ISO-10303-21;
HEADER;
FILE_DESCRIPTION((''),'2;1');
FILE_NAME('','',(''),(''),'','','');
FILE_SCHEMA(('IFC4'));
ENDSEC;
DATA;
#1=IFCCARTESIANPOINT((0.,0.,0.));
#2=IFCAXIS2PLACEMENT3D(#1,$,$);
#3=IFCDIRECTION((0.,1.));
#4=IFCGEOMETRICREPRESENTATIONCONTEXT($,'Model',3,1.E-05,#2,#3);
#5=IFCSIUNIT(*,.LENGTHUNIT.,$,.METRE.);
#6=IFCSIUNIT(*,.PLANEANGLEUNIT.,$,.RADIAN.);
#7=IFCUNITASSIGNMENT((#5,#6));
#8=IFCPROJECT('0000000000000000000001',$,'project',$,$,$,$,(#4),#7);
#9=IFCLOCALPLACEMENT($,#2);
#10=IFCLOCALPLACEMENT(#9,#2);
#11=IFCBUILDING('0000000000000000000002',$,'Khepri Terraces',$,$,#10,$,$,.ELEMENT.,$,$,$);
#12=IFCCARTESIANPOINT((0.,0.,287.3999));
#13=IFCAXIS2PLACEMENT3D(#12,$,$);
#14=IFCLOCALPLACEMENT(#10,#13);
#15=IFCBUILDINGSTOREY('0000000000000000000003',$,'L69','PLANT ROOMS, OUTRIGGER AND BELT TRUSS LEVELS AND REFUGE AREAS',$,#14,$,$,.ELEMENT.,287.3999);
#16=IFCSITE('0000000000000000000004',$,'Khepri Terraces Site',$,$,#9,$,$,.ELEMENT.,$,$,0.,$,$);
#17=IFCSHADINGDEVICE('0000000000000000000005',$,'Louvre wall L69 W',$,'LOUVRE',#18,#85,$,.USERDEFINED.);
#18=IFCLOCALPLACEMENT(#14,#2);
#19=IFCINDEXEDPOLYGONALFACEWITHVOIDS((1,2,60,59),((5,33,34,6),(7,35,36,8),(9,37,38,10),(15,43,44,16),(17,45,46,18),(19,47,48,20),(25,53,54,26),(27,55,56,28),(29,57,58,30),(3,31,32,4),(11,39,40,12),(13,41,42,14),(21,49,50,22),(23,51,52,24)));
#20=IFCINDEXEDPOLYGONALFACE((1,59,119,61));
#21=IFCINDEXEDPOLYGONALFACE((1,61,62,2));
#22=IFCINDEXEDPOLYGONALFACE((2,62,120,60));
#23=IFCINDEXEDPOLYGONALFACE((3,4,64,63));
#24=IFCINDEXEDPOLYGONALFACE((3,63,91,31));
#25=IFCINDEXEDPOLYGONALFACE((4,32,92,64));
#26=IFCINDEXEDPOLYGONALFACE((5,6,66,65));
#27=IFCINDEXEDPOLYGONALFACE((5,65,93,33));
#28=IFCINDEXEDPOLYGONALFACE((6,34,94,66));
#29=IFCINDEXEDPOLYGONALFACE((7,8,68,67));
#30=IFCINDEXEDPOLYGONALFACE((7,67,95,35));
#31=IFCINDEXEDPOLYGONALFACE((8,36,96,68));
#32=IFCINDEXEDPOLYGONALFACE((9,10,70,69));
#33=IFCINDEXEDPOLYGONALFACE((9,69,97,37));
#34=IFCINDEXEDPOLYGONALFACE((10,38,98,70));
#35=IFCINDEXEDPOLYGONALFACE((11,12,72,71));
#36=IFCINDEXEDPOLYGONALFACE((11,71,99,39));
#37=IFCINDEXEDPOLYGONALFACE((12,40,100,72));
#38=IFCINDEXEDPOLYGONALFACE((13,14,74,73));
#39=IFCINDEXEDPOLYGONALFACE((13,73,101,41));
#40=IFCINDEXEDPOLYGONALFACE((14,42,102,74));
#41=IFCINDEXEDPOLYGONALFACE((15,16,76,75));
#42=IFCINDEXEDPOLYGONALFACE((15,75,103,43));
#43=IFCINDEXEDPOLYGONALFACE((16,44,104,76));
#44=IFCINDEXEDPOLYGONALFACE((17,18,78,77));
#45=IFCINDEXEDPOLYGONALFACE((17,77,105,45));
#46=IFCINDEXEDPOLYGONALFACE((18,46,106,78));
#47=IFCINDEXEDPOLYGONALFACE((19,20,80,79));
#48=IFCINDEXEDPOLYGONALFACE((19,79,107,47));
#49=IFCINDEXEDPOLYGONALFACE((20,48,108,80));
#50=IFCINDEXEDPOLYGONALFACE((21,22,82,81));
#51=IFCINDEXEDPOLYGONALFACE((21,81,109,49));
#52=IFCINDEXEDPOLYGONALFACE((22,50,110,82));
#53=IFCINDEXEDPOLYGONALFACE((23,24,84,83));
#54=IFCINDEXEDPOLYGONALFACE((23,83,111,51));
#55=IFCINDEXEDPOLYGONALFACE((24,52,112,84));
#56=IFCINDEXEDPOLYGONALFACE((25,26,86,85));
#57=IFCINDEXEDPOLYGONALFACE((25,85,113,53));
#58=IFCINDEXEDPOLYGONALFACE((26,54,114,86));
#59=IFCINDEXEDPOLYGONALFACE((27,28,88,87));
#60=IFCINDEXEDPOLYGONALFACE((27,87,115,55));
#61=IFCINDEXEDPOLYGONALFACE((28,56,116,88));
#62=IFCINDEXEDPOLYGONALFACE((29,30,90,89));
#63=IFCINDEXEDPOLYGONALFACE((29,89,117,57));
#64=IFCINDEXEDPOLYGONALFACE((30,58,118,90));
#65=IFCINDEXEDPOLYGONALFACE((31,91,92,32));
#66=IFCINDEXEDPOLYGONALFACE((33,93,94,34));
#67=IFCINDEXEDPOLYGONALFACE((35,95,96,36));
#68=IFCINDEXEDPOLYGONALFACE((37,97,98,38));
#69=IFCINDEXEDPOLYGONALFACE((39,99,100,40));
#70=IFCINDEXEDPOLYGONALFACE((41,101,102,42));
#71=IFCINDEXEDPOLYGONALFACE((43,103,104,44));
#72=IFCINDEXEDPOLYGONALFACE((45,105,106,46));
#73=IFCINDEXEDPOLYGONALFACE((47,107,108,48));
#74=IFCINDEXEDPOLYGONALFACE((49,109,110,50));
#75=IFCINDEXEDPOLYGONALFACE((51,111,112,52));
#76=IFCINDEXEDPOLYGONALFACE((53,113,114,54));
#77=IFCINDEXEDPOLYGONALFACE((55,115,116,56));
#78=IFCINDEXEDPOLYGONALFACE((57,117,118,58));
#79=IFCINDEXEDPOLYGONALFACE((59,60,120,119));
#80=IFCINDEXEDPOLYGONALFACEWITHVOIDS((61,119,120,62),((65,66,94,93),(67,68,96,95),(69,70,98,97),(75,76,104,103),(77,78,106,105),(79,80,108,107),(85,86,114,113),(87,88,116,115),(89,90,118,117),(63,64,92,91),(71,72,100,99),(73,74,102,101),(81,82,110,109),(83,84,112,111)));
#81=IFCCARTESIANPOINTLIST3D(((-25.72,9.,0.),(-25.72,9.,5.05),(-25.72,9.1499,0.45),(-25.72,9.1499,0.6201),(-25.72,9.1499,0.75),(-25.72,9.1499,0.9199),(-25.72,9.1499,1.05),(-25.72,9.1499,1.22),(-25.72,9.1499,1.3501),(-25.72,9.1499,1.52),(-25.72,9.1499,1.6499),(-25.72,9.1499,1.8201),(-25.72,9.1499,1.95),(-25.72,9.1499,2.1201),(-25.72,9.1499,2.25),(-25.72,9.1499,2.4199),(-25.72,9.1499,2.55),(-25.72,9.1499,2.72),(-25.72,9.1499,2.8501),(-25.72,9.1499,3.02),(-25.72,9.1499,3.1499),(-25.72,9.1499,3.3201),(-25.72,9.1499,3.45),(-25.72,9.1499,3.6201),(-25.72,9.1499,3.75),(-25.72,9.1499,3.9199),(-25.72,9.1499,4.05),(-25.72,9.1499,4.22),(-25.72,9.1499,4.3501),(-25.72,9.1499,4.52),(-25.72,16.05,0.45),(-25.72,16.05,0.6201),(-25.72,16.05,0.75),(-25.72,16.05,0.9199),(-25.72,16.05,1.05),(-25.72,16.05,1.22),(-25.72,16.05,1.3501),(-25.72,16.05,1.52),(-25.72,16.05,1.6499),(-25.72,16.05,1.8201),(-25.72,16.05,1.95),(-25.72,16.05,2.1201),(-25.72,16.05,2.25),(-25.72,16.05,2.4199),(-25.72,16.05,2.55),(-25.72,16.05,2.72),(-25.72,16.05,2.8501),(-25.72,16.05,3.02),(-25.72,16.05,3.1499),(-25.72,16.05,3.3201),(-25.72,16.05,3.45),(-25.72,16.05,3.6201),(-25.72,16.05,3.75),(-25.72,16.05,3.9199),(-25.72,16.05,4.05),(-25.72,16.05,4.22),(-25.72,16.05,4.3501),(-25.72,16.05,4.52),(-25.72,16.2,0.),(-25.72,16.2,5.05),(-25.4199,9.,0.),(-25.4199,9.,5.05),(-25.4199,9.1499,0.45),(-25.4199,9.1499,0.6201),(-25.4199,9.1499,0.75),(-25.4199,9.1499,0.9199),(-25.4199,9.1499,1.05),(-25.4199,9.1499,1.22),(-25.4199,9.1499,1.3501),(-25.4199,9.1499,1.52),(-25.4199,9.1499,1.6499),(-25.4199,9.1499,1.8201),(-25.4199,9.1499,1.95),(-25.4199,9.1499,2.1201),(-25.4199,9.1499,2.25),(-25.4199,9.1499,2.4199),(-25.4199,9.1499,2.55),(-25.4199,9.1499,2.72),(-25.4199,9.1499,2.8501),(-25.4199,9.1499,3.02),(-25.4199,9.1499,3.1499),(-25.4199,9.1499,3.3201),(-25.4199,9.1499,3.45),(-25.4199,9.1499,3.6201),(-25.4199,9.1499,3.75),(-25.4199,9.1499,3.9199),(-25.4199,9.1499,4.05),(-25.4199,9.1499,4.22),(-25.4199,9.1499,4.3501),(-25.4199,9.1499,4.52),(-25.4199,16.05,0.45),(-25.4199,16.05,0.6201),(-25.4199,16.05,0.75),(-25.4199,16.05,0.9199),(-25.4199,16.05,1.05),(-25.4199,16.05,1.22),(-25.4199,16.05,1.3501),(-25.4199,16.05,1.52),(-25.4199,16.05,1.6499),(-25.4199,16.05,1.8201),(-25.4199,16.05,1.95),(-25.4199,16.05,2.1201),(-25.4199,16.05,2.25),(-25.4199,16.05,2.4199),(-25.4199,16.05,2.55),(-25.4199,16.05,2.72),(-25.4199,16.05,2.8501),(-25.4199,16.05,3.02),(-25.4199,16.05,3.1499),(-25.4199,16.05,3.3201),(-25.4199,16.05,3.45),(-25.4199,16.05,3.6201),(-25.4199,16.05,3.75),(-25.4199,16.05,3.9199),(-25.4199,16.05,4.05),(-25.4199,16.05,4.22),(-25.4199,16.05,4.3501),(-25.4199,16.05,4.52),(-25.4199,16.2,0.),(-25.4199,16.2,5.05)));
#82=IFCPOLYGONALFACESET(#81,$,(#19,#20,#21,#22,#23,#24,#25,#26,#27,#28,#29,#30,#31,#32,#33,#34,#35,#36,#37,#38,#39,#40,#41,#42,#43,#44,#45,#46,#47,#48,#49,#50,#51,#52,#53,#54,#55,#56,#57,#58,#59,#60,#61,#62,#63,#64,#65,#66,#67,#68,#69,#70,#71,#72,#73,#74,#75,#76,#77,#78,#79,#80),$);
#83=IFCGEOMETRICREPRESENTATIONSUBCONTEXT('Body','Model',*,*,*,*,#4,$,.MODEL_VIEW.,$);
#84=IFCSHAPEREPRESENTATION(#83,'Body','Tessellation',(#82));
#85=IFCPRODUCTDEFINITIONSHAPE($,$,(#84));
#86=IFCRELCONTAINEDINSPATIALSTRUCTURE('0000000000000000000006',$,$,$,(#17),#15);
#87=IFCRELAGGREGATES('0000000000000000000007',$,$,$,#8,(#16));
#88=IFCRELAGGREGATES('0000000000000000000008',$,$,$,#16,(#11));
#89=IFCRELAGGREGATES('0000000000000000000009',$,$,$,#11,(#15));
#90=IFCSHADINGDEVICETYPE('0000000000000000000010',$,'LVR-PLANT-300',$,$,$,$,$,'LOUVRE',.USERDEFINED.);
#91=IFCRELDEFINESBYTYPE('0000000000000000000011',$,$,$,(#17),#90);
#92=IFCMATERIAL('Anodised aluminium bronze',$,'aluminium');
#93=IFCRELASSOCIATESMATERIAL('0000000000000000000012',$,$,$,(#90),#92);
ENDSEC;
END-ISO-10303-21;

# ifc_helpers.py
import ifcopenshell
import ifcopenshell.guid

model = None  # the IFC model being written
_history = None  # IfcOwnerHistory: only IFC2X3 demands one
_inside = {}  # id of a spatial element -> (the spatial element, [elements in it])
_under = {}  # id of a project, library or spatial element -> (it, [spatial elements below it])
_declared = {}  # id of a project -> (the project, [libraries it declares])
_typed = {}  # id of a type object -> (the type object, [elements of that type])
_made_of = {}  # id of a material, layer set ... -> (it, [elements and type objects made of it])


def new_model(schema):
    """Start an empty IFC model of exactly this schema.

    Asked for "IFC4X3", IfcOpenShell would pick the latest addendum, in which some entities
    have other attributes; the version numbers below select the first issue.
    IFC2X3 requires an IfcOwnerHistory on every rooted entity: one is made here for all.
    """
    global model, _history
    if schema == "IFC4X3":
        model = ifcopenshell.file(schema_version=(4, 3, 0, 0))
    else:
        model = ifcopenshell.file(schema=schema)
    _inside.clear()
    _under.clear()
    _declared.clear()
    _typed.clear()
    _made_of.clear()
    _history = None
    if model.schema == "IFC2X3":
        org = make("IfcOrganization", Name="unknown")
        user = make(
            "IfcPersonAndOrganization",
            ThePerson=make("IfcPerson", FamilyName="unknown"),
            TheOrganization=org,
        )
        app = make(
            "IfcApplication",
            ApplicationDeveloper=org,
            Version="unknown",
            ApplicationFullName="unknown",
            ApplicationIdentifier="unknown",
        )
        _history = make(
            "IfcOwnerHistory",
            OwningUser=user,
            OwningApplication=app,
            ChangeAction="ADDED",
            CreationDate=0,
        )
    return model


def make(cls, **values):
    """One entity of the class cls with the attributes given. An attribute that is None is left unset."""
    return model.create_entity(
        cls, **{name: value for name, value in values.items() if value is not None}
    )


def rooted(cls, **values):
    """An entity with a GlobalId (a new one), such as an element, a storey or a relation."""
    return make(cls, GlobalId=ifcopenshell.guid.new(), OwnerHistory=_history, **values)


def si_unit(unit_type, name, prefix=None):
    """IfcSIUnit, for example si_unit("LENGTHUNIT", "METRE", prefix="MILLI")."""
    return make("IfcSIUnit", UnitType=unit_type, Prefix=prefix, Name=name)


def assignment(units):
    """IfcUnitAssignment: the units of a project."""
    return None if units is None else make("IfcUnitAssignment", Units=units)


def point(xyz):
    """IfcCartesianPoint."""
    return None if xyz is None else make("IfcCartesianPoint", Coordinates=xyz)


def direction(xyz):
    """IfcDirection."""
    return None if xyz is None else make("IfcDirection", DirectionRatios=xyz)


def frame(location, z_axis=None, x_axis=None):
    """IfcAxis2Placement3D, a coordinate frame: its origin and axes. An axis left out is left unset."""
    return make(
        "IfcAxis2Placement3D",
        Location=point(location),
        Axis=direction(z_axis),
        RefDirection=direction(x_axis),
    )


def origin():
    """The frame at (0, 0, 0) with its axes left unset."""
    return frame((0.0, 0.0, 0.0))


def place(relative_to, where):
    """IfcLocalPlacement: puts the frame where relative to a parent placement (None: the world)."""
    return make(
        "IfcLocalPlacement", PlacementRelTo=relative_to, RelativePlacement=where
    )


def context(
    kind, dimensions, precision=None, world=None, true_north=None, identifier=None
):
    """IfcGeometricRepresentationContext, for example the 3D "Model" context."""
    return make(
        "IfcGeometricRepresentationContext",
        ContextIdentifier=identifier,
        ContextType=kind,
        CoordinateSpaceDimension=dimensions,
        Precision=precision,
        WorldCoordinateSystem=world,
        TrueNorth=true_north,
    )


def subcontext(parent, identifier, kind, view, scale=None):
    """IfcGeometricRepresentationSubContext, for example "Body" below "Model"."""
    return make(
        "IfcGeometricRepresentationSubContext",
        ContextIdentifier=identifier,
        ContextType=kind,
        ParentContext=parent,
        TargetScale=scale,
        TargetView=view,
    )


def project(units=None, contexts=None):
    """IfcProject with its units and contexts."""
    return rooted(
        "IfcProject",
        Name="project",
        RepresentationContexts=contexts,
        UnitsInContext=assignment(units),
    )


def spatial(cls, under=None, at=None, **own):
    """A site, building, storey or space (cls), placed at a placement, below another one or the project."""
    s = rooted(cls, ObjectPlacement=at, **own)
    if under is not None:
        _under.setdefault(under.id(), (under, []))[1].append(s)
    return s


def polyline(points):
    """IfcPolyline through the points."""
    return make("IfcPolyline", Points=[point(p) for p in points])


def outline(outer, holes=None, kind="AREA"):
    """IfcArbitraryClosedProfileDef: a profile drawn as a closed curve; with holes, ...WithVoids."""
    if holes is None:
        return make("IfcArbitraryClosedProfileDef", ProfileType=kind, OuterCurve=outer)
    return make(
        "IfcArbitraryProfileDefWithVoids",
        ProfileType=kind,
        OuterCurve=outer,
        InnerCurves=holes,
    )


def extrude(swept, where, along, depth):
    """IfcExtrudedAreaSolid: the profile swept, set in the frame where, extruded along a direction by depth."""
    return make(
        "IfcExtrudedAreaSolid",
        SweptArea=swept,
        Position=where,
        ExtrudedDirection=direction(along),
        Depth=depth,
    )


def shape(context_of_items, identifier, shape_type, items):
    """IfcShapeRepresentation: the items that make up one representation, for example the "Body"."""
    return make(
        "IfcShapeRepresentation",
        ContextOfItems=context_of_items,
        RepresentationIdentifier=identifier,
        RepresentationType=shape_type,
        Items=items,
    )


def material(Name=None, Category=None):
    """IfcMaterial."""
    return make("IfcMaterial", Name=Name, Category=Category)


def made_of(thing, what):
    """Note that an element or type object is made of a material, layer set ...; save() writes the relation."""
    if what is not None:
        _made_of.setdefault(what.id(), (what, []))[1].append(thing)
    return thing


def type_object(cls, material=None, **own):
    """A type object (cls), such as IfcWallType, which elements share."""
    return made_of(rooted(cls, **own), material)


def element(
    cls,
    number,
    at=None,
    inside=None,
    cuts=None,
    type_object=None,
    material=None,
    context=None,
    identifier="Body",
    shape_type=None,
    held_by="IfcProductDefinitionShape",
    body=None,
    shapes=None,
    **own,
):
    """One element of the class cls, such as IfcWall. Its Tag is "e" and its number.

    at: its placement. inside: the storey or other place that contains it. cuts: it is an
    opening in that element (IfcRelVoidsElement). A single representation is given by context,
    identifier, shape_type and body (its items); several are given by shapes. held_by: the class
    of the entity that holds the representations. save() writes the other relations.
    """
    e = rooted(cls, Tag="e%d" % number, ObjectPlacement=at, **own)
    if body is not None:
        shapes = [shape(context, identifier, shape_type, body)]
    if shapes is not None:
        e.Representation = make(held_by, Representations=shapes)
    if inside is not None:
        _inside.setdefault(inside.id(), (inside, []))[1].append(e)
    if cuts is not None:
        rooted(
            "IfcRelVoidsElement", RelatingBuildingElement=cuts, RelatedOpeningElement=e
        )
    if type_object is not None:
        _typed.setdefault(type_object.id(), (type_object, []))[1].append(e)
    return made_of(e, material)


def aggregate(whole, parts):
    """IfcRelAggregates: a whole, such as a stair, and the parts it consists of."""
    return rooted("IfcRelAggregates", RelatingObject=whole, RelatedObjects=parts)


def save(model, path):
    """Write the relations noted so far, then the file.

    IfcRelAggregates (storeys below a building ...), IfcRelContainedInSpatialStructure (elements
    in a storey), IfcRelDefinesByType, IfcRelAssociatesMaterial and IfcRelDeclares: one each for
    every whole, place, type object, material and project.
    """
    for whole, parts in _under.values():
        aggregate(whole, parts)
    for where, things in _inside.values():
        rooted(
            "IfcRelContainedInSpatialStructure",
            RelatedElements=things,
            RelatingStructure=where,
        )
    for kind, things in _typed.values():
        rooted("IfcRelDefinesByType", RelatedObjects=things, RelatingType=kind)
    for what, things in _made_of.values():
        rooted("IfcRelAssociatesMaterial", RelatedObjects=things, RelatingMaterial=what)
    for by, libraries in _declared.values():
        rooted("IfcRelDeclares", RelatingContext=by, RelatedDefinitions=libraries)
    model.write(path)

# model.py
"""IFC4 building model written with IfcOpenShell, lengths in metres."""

from ifc_helpers import new_model, si_unit, direction, frame, origin, place, context, subcontext, project, spatial, polyline, outline, extrude, material, type_object, element, save


model = new_model("IFC4")

# Units and contexts
model_context = context("Model", 3, precision=1e-05, world=origin(), true_north=direction((0.0, 1.0)))
body_context = subcontext(model_context, "Body", "Model", "MODEL_VIEW")
ifc_project = project(units=[si_unit("LENGTHUNIT", "METRE"), si_unit("PLANEANGLEUNIT", "RADIAN")], contexts=[model_context])

# Site, building, storey
site_placement = place(None, origin())
site = spatial("IfcSite", under=ifc_project, at=site_placement, Name="Khepri Terraces Site", CompositionType="ELEMENT", RefElevation=0.0)
building_placement = place(site_placement, origin())
building = spatial("IfcBuilding", under=site, at=building_placement, Name="Khepri Terraces", CompositionType="ELEMENT")
storey_placement = place(building_placement, frame((0.0, 0.0, 287.3999)))
storey = spatial("IfcBuildingStorey", under=building, at=storey_placement, Name="L69", Description="PLANT ROOMS, OUTRIGGER AND BELT TRUSS LEVELS AND REFUGE AREAS", CompositionType="ELEMENT", Elevation=287.3999)

# Shading device
ifc_material_1 = material(Name="Anodised aluminium bronze", Category="aluminium")
shading_device_type = type_object("IfcShadingDeviceType", Name="LVR-PLANT-300", ElementType="LOUVRE", PredefinedType="USERDEFINED", material=ifc_material_1)
shading_device_1_placement = place(storey_placement, frame((-25.4199, 16.2, 0.0), z_axis=(-1.0, 0.0, 0.0), x_axis=(0.0, -1.0, 0.0)))
element("IfcShadingDevice", 1, at=shading_device_1_placement, inside=storey, type_object=shading_device_type, Name="Louvre wall L69 W", ObjectType="LOUVRE", PredefinedType="USERDEFINED", context=body_context, shape_type="SweptSolid", body=[
    extrude(outline(polyline([(0.0, 0.0), (7.2, 0.0), (7.2, 5.05), (0.0, 5.05), (0.0, 0.0)]), holes=[polyline([(0.1499, 0.45), (7.05, 0.45), (7.05, 0.6201), (0.1499, 0.6201), (0.1499, 0.45)]), polyline([(0.1499, 0.75), (7.05, 0.75), (7.05, 0.9199), (0.1499, 0.9199), (0.1499, 0.75)]), polyline([(0.1499, 1.05), (7.05, 1.05), (7.05, 1.22), (0.1499, 1.22), (0.1499, 1.05)]), polyline([(0.1499, 1.3501), (7.05, 1.3501), (7.05, 1.52), (0.1499, 1.52), (0.1499, 1.3501)]), polyline([(0.1499, 1.6499), (7.05, 1.6499), (7.05, 1.8201), (0.1499, 1.8201), (0.1499, 1.6499)]), polyline([(0.1499, 1.95), (7.05, 1.95), (7.05, 2.1201), (0.1499, 2.1201), (0.1499, 1.95)]), polyline([(0.1499, 2.25), (7.05, 2.25), (7.05, 2.4199), (0.1499, 2.4199), (0.1499, 2.25)]), polyline([(0.1499, 2.55), (7.05, 2.55), (7.05, 2.72), (0.1499, 2.72), (0.1499, 2.55)]), polyline([(0.1499, 2.8501), (7.05, 2.8501), (7.05, 3.02), (0.1499, 3.02), (0.1499, 2.8501)]), polyline([(0.1499, 3.1499), (7.05, 3.1499), (7.05, 3.3201), (0.1499, 3.3201), (0.1499, 3.1499)]), polyline([(0.1499, 3.45), (7.05, 3.45), (7.05, 3.6201), (0.1499, 3.6201), (0.1499, 3.45)]), polyline([(0.1499, 3.75), (7.05, 3.75), (7.05, 3.9199), (0.1499, 3.9199), (0.1499, 3.75)]), polyline([(0.1499, 4.05), (7.05, 4.05), (7.05, 4.22), (0.1499, 4.22), (0.1499, 4.05)]), polyline([(0.1499, 4.3501), (7.05, 4.3501), (7.05, 4.52), (0.1499, 4.52), (0.1499, 4.3501)])]), origin(), (0.0, 0.0, 1.0), 0.3),
])

save(model, "model.ifc")
